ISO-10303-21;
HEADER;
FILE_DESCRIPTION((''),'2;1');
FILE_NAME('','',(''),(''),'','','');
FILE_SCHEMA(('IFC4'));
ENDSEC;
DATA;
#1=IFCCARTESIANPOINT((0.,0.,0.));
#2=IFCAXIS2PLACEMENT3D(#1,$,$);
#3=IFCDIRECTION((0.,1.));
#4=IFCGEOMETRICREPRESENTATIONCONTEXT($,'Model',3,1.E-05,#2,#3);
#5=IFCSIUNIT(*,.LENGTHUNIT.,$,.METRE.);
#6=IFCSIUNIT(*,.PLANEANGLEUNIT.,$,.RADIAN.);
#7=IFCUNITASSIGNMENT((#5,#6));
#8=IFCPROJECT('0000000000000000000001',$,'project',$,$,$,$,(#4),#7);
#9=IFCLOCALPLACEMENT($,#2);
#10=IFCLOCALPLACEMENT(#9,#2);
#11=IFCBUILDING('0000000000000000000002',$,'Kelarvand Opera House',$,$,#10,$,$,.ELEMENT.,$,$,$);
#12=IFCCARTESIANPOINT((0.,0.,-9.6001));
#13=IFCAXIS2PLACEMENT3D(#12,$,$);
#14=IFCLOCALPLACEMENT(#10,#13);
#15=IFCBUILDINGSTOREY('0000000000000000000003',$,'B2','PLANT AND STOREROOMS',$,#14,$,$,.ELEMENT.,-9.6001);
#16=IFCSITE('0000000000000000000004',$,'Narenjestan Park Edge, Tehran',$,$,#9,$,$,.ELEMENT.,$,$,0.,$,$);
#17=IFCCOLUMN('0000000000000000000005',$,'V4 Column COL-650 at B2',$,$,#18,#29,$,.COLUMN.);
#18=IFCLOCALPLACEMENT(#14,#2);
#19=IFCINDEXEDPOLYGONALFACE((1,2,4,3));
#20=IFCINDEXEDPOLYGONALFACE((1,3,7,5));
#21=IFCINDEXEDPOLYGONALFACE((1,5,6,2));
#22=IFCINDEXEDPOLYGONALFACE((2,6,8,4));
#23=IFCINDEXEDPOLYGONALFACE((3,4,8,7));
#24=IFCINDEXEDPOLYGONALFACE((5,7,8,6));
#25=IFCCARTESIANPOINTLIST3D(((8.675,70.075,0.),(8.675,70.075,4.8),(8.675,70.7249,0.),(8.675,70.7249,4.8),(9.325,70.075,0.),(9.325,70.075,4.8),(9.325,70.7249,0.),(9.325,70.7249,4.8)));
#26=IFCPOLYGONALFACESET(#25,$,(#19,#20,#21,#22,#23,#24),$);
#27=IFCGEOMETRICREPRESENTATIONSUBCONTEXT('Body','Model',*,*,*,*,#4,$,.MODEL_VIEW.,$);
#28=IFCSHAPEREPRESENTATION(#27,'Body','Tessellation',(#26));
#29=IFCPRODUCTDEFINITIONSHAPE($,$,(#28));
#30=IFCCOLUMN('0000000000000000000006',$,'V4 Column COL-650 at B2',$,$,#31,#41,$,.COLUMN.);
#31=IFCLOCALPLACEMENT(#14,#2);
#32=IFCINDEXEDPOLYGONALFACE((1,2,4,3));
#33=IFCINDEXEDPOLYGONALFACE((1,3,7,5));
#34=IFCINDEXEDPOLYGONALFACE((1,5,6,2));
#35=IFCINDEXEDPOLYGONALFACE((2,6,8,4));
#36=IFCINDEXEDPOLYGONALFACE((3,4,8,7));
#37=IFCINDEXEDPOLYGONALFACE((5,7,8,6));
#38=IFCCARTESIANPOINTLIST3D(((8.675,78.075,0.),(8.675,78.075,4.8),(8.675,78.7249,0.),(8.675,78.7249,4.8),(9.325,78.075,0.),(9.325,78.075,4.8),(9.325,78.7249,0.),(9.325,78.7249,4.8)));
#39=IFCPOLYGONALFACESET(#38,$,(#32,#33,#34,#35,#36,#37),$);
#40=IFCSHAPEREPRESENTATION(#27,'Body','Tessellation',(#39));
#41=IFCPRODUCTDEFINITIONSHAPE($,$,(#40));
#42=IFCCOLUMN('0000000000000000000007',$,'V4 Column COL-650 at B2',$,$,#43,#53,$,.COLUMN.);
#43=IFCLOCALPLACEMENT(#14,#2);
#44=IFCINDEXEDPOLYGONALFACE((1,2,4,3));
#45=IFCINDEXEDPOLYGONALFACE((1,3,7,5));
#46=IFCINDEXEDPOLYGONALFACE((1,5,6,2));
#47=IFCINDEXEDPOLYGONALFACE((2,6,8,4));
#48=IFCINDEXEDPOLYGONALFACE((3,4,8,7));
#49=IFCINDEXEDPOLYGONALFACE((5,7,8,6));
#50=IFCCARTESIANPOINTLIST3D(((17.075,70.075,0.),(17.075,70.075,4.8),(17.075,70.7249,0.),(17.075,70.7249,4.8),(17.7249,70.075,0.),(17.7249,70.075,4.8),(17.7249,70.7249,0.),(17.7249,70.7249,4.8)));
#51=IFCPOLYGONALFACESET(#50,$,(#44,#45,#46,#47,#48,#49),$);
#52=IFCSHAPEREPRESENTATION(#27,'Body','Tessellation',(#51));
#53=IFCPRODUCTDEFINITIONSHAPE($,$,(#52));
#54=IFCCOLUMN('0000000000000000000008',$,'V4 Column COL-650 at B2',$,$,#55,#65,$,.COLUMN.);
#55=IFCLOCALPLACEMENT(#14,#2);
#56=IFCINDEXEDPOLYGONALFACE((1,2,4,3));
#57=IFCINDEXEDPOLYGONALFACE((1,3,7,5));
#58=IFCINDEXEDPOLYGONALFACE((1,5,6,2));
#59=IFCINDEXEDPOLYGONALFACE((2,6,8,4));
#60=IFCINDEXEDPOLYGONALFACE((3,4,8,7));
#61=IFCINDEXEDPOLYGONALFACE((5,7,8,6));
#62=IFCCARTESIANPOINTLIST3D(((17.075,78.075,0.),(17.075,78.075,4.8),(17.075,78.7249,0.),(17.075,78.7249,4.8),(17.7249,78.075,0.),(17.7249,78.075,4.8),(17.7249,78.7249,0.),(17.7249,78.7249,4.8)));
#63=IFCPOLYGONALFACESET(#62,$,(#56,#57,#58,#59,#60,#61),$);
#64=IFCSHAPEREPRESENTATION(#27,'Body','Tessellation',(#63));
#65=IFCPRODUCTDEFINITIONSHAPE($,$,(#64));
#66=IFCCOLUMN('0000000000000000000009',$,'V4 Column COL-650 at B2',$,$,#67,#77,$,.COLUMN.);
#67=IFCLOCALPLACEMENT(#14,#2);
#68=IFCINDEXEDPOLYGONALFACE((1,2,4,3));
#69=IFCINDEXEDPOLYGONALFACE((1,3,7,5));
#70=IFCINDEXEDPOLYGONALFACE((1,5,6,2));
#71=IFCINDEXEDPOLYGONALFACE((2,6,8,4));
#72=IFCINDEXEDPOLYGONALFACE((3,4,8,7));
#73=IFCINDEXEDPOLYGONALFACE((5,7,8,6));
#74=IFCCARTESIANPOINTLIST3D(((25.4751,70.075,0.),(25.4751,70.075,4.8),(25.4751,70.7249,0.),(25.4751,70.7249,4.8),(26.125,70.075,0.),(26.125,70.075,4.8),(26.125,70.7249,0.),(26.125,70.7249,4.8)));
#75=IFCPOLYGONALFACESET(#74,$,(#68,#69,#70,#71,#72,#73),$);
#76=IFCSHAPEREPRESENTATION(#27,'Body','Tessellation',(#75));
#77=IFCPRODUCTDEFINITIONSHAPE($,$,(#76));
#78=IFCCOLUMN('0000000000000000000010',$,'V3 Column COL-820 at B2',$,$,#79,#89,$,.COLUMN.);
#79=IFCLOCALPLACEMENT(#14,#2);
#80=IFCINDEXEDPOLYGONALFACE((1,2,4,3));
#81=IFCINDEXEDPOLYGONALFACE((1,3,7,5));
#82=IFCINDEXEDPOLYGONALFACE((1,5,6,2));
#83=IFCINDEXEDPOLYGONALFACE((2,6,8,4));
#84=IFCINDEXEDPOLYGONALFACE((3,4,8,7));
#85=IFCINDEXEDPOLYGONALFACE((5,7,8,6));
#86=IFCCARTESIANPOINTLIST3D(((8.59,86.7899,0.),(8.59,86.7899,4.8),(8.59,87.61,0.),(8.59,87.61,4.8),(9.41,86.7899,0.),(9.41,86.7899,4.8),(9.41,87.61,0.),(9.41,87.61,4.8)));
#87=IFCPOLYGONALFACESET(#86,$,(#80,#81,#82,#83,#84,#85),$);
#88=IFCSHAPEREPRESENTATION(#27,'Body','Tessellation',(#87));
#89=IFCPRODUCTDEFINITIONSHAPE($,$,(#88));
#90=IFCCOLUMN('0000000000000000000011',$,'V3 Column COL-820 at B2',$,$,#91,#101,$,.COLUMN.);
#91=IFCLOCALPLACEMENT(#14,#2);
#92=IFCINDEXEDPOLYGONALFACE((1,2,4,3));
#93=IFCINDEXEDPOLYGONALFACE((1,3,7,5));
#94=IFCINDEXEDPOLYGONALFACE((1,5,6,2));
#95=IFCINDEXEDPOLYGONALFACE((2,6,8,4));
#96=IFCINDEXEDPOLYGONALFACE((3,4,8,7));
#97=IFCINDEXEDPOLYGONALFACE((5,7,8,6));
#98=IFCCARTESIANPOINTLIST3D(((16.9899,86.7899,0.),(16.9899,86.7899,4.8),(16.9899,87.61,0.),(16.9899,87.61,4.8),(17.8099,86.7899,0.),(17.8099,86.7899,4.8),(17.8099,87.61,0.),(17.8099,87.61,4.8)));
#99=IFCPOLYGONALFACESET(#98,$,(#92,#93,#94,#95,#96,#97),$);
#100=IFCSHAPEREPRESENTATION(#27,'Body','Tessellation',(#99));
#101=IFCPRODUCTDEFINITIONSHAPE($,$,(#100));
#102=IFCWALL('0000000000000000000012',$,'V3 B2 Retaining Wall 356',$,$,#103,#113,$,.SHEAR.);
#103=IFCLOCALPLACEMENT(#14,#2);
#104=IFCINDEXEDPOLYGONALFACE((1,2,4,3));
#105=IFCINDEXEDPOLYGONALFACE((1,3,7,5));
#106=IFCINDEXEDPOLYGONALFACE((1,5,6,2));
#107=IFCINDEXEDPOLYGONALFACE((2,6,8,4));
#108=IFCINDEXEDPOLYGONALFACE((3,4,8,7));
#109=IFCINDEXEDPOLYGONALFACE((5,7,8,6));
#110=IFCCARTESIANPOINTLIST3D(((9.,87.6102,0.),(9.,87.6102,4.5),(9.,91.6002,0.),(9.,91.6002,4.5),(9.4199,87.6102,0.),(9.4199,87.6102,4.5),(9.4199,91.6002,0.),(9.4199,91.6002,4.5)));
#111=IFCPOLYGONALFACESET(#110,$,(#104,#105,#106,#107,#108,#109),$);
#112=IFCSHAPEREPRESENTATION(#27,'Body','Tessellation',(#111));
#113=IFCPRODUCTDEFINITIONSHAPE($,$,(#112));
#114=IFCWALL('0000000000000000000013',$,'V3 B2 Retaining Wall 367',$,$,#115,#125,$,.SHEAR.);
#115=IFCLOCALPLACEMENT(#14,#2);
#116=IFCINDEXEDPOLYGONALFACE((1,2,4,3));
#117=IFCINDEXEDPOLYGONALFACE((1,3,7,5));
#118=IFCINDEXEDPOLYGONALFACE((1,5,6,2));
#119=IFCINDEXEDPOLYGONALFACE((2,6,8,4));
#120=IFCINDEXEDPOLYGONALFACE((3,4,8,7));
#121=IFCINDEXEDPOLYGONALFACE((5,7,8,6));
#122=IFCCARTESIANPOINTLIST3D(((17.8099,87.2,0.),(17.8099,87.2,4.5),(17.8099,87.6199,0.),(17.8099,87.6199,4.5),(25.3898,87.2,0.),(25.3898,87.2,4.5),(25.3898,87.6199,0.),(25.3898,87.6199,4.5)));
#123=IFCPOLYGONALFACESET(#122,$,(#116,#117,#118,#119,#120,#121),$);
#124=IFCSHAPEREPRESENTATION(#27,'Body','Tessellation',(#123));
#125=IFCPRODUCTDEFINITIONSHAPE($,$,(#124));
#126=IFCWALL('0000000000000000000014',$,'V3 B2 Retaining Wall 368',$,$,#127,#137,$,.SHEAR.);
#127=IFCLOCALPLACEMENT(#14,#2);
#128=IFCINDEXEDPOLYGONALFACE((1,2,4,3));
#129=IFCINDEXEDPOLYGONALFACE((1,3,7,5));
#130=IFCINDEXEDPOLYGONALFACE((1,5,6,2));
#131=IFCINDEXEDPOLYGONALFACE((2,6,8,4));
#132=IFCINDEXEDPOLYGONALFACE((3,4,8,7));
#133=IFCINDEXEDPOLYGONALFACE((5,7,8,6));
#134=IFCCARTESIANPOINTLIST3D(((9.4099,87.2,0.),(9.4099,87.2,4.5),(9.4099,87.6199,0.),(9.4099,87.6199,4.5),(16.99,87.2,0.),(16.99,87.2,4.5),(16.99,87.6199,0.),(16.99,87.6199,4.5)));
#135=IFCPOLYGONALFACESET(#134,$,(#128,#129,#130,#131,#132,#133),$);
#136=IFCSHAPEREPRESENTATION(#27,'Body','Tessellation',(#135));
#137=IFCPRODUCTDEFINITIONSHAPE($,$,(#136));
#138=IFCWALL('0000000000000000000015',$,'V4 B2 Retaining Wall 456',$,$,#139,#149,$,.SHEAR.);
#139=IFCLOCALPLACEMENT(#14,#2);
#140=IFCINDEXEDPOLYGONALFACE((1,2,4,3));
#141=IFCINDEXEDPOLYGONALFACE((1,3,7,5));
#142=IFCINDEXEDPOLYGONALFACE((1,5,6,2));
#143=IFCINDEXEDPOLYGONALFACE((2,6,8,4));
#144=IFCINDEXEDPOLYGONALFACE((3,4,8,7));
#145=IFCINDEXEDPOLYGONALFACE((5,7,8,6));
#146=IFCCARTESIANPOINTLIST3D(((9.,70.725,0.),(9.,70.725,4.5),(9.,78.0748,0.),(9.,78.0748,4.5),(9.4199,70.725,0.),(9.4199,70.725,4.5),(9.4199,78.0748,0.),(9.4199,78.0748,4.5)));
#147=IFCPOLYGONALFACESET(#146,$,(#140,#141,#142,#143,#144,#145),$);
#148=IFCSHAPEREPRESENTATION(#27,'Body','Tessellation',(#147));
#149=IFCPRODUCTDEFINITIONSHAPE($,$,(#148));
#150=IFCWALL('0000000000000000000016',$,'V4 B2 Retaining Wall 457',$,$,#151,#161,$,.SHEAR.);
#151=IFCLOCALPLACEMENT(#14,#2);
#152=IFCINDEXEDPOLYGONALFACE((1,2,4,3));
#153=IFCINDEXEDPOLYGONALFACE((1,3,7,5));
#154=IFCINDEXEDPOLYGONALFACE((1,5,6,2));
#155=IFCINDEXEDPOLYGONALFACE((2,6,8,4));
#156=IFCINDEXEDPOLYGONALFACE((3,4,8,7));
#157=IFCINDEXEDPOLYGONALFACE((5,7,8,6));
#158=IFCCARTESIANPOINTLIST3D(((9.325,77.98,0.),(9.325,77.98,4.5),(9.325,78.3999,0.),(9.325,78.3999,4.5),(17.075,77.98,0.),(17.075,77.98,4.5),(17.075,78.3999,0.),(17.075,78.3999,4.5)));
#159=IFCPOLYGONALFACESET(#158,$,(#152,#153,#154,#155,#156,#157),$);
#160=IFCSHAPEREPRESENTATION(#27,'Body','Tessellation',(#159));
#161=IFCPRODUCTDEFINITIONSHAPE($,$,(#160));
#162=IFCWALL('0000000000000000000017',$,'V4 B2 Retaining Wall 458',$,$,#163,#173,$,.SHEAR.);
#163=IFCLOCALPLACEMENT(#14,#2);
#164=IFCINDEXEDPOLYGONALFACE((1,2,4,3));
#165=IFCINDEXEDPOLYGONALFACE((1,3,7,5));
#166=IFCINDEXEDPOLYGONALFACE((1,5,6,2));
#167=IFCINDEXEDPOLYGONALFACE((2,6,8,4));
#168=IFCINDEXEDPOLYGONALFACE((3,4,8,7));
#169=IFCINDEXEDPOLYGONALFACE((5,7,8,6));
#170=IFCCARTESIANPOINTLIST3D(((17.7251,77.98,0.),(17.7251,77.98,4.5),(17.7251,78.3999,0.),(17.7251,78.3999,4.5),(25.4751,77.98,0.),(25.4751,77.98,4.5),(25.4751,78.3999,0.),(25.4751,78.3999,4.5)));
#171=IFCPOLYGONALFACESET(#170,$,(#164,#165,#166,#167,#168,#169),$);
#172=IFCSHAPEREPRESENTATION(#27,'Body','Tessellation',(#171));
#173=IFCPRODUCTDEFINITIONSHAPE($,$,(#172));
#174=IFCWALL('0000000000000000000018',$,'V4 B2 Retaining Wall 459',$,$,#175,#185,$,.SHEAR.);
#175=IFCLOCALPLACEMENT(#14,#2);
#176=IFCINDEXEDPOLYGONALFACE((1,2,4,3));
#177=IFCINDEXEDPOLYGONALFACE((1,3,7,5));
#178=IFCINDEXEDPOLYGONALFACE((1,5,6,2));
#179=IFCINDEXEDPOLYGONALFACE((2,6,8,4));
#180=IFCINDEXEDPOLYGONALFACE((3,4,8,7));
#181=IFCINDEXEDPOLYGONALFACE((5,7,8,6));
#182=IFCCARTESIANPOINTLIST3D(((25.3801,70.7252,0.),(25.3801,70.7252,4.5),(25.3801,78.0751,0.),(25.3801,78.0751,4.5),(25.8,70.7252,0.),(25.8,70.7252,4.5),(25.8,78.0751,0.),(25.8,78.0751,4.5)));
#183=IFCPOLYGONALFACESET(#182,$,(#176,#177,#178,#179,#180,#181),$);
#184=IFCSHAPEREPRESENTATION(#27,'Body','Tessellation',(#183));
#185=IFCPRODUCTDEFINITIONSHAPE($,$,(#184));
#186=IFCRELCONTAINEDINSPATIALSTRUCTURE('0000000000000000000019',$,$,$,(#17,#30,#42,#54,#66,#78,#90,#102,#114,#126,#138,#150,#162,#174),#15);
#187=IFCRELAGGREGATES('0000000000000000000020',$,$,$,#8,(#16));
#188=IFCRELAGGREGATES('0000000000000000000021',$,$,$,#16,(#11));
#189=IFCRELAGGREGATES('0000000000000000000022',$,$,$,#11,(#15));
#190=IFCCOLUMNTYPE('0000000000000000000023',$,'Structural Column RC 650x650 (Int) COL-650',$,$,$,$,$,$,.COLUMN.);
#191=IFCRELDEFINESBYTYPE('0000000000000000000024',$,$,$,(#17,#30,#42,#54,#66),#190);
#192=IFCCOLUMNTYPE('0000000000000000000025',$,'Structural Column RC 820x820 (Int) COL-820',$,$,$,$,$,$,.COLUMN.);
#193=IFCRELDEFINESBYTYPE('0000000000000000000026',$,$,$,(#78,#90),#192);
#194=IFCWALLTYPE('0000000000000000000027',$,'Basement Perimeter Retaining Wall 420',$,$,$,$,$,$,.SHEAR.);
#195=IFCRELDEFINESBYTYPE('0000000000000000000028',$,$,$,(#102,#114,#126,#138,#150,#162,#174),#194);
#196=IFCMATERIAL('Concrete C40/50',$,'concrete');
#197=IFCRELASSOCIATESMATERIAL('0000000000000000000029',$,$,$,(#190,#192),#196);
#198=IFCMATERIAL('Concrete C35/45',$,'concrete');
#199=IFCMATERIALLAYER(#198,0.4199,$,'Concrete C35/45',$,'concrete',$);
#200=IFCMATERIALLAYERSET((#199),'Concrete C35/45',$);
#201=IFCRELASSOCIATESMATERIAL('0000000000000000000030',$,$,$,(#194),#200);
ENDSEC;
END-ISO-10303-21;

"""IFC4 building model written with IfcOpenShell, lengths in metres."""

from ifc_helpers import new_model, si_unit, direction, frame, frame_2d, origin, origin_2d, place, context, subcontext, project, spatial, rectangle, extrude, material, layer, layer_set, material_profile, profile_set, type_object, element, save


model = new_model("IFC4")

# Units and contexts
model_context = context("Model", 3, precision=1e-05, world=origin(), true_north=direction((0.0, 1.0)))
body_context = subcontext(model_context, "Body", "Model", "MODEL_VIEW")
ifc_project = project(units=[si_unit("LENGTHUNIT", "METRE"), si_unit("PLANEANGLEUNIT", "RADIAN")], contexts=[model_context])

# Site, building, storey
site_placement = place(None, origin())
site = spatial("IfcSite", under=ifc_project, at=site_placement, Name="Narenjestan Park Edge, Tehran", CompositionType="ELEMENT", RefElevation=0.0)
building_placement = place(site_placement, origin())
building = spatial("IfcBuilding", under=site, at=building_placement, Name="Kelarvand Opera House", CompositionType="ELEMENT")
storey_placement = place(building_placement, frame((0.0, 0.0, -9.6001)))
storey = spatial("IfcBuildingStorey", under=building, at=storey_placement, Name="B2", Description="PLANT AND STOREROOMS", CompositionType="ELEMENT", Elevation=-9.6001)

# Shared definitions
ifc_material_1 = material(Name="Concrete C40/50", Category="concrete")

# Columns
ifc_material_profile_1 = material_profile(ifc_material_1, rectangle(XDim=0.6499, YDim=0.6499, at=origin_2d()), Name="RC 650x650", Category="concrete")
ifc_profile_set_1 = profile_set([ifc_material_profile_1], Name="Concrete C40/50")
column_type_1 = type_object("IfcColumnType", Name="Structural Column RC 650x650 (Int) COL-650", PredefinedType="COLUMN", material=ifc_profile_set_1)
for number, where, z_axis, x_axis, name in (
    (1, (9.0, 70.3999, 0.0), (0.0, 0.0, 1.0), (1.0, 0.0, 0.0), "V4 Column COL-650 at B2"),
    (2, (9.0, 78.3999, 0.0), (0.0, 0.0, 1.0), (1.0, 0.0, 0.0), "V4 Column COL-650 at B2"),
    (3, (17.3999, 70.3999, 0.0), (0.0, 0.0, 1.0), (1.0, 0.0, 0.0), "V4 Column COL-650 at B2"),
    (4, (17.3999, 78.3999, 0.0), (0.0, 0.0, 1.0), (1.0, 0.0, 0.0), "V4 Column COL-650 at B2"),
    (5, (25.8, 70.3999, 0.0), (0.0, 0.0, 1.0), (1.0, 0.0, 0.0), "V4 Column COL-650 at B2"),
):
    element("IfcColumn", number, at=place(storey_placement, frame(where, z_axis=z_axis, x_axis=x_axis)), inside=storey, type_object=column_type_1, Name=name, PredefinedType="COLUMN", context=body_context, shape_type="SweptSolid", body=[
        extrude(rectangle(XDim=0.6499, YDim=0.6499, at=origin_2d()), origin(), (0.0, 0.0, 1.0), 4.8),
    ])
ifc_material_profile_2 = material_profile(ifc_material_1, rectangle(XDim=0.8201, YDim=0.8201, at=origin_2d()), Name="RC 820x820", Category="concrete")
ifc_profile_set_2 = profile_set([ifc_material_profile_2], Name="Concrete C40/50")
column_type_2 = type_object("IfcColumnType", Name="Structural Column RC 820x820 (Int) COL-820", PredefinedType="COLUMN", material=ifc_profile_set_2)
for number, where, z_axis, x_axis, name in (
    (6, (9.0, 87.2, 0.0), (0.0, 0.0, 1.0), (1.0, 0.0, 0.0), "V3 Column COL-820 at B2"),
    (7, (17.3999, 87.2, 0.0), (0.0, 0.0, 1.0), (1.0, 0.0, 0.0), "V3 Column COL-820 at B2"),
):
    element("IfcColumn", number, at=place(storey_placement, frame(where, z_axis=z_axis, x_axis=x_axis)), inside=storey, type_object=column_type_2, Name=name, PredefinedType="COLUMN", context=body_context, shape_type="SweptSolid", body=[
        extrude(rectangle(XDim=0.8201, YDim=0.8201, at=origin_2d()), origin(), (0.0, 0.0, 1.0), 4.8),
    ])

# Walls
ifc_material_2 = material(Name="Concrete C35/45", Category="concrete")
ifc_layer = layer(ifc_material_2, 0.4199, Name="Concrete C35/45", Category="concrete")
ifc_layer_set = layer_set([ifc_layer], Name="Concrete C35/45")
wall_type = type_object("IfcWallType", Name="Basement Perimeter Retaining Wall 420", PredefinedType="SHEAR", material=ifc_layer_set)
wall_1_placement = place(storey_placement, frame((9.21, 87.6101, 0.0), z_axis=(0.0, 0.0, 1.0), x_axis=(0.0, 1.0, 0.0)))
element("IfcWall", 8, at=wall_1_placement, inside=storey, type_object=wall_type, Name="V3 B2 Retaining Wall 356", PredefinedType="SHEAR", context=body_context, shape_type="SweptSolid", body=[
    extrude(rectangle(XDim=3.99, YDim=0.4199, at=frame_2d((1.9951, 0.0))), origin(), (0.0, 0.0, 1.0), 4.5),
])
wall_2_placement = place(storey_placement, frame((25.3899, 87.4099, 0.0), z_axis=(0.0, 0.0, 1.0), x_axis=(-1.0, 0.0, 0.0)))
element("IfcWall", 9, at=wall_2_placement, inside=storey, type_object=wall_type, Name="V3 B2 Retaining Wall 367", PredefinedType="SHEAR", context=body_context, shape_type="SweptSolid", body=[
    extrude(rectangle(XDim=7.5798, YDim=0.4199, at=frame_2d((3.79, 0.0))), origin(), (0.0, 0.0, 1.0), 4.5),
])
wall_3_placement = place(storey_placement, frame((16.99, 87.4099, 0.0), z_axis=(0.0, 0.0, 1.0), x_axis=(-1.0, 0.0, 0.0)))
element("IfcWall", 10, at=wall_3_placement, inside=storey, type_object=wall_type, Name="V3 B2 Retaining Wall 368", PredefinedType="SHEAR", context=body_context, shape_type="SweptSolid", body=[
    extrude(rectangle(XDim=7.5801, YDim=0.4199, at=frame_2d((3.79, 0.0))), origin(), (0.0, 0.0, 1.0), 4.5),
])
wall_4_placement = place(storey_placement, frame((9.21, 70.7251, 0.0), z_axis=(0.0, 0.0, 1.0), x_axis=(0.0, 1.0, 0.0)))
element("IfcWall", 11, at=wall_4_placement, inside=storey, type_object=wall_type, Name="V4 B2 Retaining Wall 456", PredefinedType="SHEAR", context=body_context, shape_type="SweptSolid", body=[
    extrude(rectangle(XDim=7.3499, YDim=0.4199, at=frame_2d((3.6748, 0.0))), origin(), (0.0, 0.0, 1.0), 4.5),
])
for number, where, z_axis, x_axis, name in (
    (12, (9.325, 78.1899, 0.0), (0.0, 0.0, 1.0), (1.0, 0.0, 0.0), "V4 B2 Retaining Wall 457"),
    (13, (17.7251, 78.1899, 0.0), (0.0, 0.0, 1.0), (1.0, 0.0, 0.0), "V4 B2 Retaining Wall 458"),
):
    element("IfcWall", number, at=place(storey_placement, frame(where, z_axis=z_axis, x_axis=x_axis)), inside=storey, type_object=wall_type, Name=name, PredefinedType="SHEAR", context=body_context, shape_type="SweptSolid", body=[
        extrude(rectangle(XDim=7.75, YDim=0.4199, at=frame_2d((3.875, 0.0))), origin(), (0.0, 0.0, 1.0), 4.5),
    ])
wall_5_placement = place(storey_placement, frame((25.5901, 78.075, 0.0), z_axis=(0.0, 0.0, 1.0), x_axis=(0.0, -1.0, 0.0)))
element("IfcWall", 14, at=wall_5_placement, inside=storey, type_object=wall_type, Name="V4 B2 Retaining Wall 459", PredefinedType="SHEAR", context=body_context, shape_type="SweptSolid", body=[
    extrude(rectangle(XDim=7.3499, YDim=0.4199, at=frame_2d((3.6748, 0.0))), origin(), (0.0, 0.0, 1.0), 4.5),
])

save(model, "model.ifc")
